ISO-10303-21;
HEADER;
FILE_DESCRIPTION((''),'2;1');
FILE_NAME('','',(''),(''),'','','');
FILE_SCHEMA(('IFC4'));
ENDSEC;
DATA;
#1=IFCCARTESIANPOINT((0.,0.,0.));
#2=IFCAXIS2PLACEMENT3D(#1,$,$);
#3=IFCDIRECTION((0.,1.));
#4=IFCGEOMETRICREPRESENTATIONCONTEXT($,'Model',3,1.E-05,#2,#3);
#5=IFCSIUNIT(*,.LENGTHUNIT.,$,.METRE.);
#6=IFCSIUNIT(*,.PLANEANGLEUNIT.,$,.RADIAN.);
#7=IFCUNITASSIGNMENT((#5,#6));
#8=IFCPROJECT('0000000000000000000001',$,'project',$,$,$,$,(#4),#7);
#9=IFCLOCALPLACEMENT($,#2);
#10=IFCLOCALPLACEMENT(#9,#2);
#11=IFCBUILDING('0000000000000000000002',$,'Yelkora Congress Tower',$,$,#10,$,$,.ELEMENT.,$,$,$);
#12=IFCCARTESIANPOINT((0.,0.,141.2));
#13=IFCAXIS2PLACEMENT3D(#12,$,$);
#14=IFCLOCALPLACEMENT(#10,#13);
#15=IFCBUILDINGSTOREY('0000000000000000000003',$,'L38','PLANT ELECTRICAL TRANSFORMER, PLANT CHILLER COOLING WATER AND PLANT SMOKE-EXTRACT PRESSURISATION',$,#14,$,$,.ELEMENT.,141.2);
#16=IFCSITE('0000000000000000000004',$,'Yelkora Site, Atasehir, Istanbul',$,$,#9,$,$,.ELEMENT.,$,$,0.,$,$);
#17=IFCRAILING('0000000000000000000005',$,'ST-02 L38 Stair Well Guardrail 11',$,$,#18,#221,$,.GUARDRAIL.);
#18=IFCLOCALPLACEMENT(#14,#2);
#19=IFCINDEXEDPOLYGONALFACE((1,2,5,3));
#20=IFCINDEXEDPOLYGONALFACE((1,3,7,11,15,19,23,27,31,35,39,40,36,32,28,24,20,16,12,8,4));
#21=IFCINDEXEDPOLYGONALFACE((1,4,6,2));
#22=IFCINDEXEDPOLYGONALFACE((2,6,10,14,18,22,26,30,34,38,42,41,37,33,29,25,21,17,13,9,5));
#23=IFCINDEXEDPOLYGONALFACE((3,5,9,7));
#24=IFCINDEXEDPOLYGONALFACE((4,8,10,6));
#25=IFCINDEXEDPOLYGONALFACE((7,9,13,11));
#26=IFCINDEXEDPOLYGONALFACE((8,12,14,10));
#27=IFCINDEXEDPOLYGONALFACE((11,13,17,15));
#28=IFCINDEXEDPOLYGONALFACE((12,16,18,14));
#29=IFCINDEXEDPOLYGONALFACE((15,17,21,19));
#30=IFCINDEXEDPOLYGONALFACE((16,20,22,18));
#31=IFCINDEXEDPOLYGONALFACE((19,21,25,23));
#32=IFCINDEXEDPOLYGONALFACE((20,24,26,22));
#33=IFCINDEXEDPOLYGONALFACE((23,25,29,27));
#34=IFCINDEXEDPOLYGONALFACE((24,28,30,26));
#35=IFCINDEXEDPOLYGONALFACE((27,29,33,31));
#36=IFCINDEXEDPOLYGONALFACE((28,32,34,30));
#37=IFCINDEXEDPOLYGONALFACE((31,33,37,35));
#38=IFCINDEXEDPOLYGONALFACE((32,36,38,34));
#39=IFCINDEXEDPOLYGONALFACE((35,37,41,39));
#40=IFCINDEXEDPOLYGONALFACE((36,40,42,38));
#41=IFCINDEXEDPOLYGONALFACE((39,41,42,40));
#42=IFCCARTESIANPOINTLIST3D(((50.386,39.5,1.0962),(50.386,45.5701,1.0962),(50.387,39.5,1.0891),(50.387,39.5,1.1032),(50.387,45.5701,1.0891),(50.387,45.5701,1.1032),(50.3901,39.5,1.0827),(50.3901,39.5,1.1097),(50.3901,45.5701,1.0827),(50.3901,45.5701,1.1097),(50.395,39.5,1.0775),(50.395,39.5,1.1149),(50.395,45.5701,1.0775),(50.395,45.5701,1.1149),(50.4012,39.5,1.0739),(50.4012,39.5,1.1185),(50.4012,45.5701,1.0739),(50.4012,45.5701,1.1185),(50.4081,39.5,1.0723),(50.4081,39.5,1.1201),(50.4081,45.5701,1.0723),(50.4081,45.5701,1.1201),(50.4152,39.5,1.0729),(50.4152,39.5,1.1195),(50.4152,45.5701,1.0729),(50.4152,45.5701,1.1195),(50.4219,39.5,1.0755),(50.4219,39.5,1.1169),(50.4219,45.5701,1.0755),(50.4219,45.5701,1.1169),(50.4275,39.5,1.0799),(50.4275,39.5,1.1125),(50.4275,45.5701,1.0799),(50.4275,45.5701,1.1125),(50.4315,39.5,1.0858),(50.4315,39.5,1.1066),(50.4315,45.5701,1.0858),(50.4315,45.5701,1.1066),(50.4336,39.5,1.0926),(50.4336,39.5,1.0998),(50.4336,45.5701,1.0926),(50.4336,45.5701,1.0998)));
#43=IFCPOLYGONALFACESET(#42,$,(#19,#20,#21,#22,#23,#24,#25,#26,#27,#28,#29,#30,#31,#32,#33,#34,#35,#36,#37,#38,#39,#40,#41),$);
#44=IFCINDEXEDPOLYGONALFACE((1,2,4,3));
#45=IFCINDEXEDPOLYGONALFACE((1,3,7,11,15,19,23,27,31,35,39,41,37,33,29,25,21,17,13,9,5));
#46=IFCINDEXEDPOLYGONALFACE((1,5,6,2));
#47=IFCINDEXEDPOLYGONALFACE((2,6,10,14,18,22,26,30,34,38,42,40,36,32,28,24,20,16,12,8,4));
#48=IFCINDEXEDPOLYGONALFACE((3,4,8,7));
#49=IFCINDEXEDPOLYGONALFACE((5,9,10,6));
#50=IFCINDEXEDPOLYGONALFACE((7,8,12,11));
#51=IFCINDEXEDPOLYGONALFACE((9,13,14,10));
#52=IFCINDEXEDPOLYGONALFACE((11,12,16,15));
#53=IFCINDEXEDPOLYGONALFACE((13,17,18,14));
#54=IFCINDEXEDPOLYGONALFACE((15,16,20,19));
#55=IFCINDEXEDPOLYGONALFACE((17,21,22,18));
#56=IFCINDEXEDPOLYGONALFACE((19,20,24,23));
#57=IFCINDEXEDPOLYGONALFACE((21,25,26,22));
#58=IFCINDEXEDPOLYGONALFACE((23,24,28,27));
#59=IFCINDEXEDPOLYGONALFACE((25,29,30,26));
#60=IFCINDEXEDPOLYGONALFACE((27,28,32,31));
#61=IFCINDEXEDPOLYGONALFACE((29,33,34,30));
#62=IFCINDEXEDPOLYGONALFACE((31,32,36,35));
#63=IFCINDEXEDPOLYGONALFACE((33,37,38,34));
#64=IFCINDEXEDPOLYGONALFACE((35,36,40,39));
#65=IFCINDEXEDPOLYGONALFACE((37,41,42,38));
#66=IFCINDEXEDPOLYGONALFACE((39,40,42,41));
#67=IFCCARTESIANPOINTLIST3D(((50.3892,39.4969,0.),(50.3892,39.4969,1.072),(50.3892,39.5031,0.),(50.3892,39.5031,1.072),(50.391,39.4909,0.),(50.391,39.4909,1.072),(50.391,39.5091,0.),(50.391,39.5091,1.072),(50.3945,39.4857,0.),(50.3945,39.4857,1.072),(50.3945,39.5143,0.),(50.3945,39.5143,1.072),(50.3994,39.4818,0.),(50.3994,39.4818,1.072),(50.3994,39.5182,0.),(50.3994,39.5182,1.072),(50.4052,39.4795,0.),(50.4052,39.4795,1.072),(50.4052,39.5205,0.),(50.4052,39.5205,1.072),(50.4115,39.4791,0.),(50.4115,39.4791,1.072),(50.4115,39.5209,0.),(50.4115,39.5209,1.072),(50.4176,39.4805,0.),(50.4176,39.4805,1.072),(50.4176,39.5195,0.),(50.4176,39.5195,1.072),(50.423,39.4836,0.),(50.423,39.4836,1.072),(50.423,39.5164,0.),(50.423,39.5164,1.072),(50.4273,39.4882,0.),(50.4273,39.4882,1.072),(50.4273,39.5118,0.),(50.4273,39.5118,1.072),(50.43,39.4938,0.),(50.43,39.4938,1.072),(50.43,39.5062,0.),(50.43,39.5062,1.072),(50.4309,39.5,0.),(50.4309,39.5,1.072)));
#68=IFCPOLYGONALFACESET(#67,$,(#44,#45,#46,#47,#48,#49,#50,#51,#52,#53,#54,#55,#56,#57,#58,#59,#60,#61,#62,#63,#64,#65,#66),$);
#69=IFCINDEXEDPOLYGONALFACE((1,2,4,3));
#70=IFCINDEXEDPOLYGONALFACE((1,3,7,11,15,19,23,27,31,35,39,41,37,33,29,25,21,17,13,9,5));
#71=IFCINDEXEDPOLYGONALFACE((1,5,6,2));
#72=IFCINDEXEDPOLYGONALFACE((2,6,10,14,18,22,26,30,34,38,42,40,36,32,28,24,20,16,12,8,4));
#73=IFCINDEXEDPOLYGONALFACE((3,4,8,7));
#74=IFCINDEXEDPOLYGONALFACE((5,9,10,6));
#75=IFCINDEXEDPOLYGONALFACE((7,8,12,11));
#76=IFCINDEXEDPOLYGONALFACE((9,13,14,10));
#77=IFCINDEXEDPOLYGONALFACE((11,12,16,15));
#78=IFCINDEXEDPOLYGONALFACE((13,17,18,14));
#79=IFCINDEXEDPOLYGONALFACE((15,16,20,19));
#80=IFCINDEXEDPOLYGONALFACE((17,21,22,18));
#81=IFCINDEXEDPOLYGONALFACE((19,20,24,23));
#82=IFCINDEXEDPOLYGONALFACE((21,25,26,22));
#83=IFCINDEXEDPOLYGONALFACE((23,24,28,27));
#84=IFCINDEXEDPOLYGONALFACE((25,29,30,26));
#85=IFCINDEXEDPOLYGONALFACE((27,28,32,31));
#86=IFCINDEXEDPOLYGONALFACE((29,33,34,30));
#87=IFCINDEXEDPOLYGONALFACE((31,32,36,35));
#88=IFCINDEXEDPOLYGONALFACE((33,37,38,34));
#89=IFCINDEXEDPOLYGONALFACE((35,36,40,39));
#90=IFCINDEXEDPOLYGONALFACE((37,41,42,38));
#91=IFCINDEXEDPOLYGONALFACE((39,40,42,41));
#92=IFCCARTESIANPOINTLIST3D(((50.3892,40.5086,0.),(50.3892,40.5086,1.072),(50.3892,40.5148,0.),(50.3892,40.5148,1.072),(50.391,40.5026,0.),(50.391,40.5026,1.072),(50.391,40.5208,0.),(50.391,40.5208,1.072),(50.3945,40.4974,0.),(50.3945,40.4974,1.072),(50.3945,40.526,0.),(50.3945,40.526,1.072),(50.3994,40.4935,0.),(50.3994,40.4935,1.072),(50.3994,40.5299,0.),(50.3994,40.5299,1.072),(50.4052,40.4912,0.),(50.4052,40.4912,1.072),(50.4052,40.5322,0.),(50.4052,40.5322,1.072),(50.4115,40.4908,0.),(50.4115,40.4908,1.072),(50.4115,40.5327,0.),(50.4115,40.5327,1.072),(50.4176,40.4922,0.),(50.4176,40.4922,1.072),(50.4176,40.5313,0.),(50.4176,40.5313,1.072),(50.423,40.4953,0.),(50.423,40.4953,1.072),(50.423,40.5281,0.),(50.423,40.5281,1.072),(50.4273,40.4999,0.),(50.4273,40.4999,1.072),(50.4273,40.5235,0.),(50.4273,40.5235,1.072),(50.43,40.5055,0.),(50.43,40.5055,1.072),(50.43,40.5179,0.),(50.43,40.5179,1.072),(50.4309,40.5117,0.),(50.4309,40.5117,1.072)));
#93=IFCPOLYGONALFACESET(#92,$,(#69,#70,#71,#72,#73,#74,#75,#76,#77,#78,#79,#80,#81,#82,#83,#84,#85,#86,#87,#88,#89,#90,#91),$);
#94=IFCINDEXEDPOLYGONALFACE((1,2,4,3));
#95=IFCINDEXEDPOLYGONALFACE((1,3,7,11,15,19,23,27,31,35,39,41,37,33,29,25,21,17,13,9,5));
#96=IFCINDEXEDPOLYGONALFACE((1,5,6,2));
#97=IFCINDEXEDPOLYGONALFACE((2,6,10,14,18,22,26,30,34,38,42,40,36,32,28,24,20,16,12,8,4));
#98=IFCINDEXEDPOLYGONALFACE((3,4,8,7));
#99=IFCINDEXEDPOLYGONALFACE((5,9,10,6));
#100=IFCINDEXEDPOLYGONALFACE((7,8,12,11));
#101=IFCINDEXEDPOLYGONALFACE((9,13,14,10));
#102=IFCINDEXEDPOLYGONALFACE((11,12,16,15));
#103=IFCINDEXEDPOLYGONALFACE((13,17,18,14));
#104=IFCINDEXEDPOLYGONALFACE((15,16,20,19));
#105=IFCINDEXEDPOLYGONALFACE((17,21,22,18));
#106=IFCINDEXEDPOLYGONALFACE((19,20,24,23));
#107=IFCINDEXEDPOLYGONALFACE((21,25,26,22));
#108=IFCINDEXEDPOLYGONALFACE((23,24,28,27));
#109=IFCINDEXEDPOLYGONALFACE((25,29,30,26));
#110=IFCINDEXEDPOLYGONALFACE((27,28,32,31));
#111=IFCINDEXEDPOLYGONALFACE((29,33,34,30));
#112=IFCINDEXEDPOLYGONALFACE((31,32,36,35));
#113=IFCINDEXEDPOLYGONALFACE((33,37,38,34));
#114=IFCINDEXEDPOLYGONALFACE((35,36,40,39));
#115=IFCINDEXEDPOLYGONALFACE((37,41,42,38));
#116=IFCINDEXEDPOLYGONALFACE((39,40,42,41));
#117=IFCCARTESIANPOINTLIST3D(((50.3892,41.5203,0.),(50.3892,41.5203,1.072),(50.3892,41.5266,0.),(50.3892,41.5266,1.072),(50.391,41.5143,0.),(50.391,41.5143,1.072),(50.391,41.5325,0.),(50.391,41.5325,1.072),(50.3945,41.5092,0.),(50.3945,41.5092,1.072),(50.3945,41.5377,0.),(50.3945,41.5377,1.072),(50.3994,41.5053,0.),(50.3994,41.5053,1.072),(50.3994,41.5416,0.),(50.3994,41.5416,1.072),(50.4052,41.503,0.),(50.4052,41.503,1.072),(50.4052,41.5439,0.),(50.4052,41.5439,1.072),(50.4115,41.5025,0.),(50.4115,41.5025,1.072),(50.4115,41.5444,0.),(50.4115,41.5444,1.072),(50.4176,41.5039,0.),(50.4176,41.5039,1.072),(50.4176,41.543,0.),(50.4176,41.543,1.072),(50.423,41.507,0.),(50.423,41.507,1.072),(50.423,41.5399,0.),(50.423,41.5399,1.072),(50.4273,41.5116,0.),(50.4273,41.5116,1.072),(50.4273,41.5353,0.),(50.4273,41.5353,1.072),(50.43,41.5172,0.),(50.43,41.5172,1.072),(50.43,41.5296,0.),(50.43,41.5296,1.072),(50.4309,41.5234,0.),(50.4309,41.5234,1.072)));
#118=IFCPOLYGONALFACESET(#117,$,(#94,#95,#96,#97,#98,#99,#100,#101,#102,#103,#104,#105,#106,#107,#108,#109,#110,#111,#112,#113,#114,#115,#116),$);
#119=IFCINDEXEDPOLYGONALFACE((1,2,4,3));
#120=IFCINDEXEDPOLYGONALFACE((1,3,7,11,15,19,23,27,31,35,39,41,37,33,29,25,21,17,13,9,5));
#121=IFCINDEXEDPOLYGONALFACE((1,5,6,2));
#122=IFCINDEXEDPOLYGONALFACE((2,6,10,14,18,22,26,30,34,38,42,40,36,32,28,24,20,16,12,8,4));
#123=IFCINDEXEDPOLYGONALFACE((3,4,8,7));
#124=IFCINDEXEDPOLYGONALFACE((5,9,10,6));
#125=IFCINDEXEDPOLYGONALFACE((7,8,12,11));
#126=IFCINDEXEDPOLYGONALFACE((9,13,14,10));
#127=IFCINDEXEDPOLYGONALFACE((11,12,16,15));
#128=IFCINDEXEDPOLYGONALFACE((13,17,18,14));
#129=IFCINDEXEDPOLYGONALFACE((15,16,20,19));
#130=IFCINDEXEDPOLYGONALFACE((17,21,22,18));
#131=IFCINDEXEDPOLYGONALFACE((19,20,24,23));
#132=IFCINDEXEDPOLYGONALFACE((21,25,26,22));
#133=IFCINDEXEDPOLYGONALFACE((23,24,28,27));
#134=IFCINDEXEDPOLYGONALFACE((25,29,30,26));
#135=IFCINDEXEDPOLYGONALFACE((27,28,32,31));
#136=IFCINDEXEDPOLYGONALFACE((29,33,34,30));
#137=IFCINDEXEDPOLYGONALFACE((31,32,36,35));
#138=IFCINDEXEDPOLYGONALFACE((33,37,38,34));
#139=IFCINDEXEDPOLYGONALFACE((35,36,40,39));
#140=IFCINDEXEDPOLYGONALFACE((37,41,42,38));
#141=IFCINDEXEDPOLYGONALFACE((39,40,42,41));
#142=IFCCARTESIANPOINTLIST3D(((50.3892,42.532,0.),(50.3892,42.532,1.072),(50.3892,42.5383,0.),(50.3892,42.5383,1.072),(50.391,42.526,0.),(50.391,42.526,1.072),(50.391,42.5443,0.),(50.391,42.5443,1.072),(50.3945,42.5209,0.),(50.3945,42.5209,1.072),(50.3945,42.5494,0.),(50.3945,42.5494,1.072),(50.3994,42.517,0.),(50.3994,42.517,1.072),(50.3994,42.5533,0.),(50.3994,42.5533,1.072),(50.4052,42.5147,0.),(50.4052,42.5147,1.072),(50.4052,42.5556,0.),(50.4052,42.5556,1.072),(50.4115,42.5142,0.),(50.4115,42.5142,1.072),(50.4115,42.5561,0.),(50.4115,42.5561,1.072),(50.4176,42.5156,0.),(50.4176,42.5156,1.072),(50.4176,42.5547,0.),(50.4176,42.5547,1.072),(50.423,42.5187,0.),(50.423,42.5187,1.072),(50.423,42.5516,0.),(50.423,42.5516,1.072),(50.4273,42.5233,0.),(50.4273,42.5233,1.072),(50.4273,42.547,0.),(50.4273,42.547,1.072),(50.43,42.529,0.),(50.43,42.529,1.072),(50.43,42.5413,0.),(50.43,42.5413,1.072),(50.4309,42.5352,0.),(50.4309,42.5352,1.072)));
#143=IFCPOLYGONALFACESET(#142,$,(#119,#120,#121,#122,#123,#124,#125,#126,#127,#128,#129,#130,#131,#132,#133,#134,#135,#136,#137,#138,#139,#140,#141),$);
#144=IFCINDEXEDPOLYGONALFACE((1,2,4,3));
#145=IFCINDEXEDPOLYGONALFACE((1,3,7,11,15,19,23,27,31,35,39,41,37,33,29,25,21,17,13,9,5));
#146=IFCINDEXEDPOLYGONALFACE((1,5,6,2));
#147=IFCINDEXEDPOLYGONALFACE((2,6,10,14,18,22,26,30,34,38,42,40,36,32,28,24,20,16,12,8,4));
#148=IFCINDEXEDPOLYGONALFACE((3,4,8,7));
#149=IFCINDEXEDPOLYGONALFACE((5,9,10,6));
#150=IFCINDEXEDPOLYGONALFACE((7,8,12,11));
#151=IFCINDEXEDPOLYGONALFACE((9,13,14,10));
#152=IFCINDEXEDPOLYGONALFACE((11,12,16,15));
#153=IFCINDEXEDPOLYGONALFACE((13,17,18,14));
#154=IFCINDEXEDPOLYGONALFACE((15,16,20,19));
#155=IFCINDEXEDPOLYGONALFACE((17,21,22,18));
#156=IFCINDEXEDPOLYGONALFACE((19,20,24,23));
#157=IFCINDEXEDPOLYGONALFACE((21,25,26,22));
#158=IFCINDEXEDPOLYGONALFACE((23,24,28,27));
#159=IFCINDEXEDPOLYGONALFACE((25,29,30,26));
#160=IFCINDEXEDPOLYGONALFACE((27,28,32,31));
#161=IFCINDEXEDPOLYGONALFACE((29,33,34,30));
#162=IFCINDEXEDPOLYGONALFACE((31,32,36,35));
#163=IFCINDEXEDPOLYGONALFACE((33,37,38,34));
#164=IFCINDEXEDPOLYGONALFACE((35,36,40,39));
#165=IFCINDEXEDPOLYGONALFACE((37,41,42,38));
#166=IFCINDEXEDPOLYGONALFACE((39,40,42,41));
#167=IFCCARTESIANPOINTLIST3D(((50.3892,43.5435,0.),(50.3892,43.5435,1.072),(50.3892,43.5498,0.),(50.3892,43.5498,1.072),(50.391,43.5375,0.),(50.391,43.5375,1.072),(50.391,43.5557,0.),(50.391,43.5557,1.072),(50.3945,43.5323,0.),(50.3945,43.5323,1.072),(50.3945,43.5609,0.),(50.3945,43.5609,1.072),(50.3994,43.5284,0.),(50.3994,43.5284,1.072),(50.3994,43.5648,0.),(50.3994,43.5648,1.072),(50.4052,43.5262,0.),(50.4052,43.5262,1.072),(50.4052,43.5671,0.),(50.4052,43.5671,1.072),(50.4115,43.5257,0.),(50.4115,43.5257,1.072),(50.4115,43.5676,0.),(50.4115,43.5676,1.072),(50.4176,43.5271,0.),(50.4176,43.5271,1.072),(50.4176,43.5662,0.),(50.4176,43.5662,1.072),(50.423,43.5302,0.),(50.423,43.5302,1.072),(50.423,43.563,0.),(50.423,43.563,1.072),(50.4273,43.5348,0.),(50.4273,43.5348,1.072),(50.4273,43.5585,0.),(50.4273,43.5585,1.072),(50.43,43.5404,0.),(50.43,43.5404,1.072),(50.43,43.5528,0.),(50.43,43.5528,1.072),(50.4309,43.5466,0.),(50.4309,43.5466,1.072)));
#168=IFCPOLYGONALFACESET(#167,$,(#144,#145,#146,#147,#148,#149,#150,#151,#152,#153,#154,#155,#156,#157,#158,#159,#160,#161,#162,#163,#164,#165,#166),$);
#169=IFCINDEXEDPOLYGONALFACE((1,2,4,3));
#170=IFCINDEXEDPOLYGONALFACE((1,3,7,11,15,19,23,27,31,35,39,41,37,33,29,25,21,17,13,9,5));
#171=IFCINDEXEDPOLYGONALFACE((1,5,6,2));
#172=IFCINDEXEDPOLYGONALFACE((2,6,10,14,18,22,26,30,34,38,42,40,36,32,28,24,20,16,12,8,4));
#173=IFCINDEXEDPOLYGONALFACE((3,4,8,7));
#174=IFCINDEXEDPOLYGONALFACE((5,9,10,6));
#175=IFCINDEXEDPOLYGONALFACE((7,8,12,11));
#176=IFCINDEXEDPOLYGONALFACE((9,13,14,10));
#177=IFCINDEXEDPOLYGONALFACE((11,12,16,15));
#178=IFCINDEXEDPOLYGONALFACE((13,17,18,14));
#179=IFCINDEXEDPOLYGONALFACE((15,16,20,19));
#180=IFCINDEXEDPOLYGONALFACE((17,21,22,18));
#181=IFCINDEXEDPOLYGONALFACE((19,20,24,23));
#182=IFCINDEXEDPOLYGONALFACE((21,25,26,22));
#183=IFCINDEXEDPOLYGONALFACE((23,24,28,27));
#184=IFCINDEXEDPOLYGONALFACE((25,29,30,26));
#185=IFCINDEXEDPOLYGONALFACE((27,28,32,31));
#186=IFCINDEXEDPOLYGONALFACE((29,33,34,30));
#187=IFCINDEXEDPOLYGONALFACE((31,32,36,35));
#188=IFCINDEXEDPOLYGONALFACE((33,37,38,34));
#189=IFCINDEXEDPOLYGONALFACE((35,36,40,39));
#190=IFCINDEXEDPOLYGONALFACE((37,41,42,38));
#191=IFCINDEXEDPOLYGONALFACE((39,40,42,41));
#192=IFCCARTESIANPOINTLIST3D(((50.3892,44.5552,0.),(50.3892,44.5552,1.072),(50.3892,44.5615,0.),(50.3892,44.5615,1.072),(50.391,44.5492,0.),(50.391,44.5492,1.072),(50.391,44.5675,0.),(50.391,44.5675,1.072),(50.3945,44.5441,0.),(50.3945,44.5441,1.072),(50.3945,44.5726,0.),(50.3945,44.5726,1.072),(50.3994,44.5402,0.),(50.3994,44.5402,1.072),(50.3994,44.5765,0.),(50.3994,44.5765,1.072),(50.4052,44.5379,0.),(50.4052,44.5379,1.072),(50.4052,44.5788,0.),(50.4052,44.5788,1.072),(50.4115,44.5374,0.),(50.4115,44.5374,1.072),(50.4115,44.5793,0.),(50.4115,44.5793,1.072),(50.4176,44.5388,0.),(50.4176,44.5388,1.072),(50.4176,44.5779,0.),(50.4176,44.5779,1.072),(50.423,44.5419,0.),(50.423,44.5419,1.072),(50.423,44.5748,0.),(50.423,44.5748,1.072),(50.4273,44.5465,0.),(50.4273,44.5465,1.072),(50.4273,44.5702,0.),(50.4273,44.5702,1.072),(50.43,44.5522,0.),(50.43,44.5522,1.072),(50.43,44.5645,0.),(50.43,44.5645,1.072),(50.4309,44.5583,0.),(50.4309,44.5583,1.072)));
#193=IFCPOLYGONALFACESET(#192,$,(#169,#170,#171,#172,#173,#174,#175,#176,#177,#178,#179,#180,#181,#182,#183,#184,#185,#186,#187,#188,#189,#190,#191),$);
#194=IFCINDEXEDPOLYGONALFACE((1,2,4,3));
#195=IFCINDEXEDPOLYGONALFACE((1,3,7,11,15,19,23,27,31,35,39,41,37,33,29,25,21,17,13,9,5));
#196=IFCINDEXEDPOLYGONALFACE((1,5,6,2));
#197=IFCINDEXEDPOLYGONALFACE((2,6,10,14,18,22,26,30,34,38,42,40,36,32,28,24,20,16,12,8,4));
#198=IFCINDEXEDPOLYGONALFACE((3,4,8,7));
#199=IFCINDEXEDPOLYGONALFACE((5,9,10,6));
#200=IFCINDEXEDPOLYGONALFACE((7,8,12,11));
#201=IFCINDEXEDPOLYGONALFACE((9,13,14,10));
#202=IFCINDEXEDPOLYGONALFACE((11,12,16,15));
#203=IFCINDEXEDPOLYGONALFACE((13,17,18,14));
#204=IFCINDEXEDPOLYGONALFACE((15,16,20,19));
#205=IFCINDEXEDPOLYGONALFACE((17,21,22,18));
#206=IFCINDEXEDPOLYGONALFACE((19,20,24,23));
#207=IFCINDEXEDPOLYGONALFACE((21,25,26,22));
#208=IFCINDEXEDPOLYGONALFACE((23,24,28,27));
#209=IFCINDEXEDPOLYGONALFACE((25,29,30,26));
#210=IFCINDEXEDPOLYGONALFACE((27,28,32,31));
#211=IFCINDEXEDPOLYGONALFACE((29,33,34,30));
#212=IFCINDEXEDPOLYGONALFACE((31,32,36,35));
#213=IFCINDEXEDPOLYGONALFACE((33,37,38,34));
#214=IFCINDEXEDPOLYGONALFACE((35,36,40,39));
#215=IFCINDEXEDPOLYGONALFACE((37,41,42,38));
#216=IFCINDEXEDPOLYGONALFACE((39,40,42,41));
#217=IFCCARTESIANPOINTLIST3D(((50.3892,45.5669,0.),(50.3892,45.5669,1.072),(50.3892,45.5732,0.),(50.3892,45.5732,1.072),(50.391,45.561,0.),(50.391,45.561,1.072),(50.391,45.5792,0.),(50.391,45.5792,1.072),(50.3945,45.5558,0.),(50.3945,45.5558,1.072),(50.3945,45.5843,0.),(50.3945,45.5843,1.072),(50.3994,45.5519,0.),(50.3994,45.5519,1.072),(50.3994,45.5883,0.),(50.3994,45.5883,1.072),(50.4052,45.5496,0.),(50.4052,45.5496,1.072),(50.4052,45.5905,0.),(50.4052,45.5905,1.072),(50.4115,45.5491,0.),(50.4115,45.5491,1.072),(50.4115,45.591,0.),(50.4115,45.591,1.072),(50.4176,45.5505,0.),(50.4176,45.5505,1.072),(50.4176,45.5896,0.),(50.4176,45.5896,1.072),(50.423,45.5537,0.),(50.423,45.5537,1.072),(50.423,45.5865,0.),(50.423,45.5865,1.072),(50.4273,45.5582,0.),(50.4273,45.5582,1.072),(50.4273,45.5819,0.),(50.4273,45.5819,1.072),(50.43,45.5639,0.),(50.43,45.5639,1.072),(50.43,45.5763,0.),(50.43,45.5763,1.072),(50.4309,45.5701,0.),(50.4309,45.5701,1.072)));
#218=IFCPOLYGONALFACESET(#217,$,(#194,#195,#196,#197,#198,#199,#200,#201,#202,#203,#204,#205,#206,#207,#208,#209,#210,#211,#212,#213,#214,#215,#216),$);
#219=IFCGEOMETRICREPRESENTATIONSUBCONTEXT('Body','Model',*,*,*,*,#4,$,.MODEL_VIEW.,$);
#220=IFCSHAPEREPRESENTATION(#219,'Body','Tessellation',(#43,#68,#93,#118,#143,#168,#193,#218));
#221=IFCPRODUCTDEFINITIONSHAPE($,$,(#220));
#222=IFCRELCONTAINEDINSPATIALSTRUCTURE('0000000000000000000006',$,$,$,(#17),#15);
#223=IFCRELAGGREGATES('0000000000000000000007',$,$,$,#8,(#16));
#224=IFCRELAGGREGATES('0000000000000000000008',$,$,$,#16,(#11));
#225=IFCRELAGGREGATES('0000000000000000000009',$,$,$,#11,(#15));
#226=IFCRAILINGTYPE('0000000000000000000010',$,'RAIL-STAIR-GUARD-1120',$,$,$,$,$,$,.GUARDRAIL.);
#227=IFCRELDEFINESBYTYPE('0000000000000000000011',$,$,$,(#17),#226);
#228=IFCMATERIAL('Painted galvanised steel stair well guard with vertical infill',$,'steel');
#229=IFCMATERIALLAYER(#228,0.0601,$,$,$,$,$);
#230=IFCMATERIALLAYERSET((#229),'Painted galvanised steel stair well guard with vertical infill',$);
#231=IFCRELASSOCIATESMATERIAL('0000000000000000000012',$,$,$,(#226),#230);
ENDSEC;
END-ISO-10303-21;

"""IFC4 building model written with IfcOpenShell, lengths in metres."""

from ifc_helpers import new_model, si_unit, direction, frame, origin, origin_2d, place, context, subcontext, project, spatial, circle, extrude, material, layer, layer_set, type_object, element, save


model = new_model("IFC4")

# Units and contexts
model_context = context("Model", 3, precision=1e-05, world=origin(), true_north=direction((0.0, 1.0)))
body_context = subcontext(model_context, "Body", "Model", "MODEL_VIEW")
ifc_project = project(units=[si_unit("LENGTHUNIT", "METRE"), si_unit("PLANEANGLEUNIT", "RADIAN")], contexts=[model_context])

# Site, building, storey
site_placement = place(None, origin())
site = spatial("IfcSite", under=ifc_project, at=site_placement, Name="Yelkora Site, Atasehir, Istanbul", CompositionType="ELEMENT", RefElevation=0.0)
building_placement = place(site_placement, origin())
building = spatial("IfcBuilding", under=site, at=building_placement, Name="Yelkora Congress Tower", CompositionType="ELEMENT")
storey_placement = place(building_placement, frame((0.0, 0.0, 141.2)))
storey = spatial("IfcBuildingStorey", under=building, at=storey_placement, Name="L38", Description="PLANT ELECTRICAL TRANSFORMER, PLANT CHILLER COOLING WATER AND PLANT SMOKE-EXTRACT PRESSURISATION", CompositionType="ELEMENT", Elevation=141.2)

# Railing
ifc_material_1 = material(Name="Painted galvanised steel stair well guard with vertical infill", Category="steel")
ifc_layer_1 = layer(ifc_material_1, 0.0601)
ifc_layer_set_1 = layer_set([ifc_layer_1], Name="Painted galvanised steel stair well guard with vertical infill")
railing_type = type_object("IfcRailingType", Name="RAIL-STAIR-GUARD-1120", PredefinedType="GUARDRAIL", material=ifc_layer_set_1)
railing_placement = place(storey_placement, frame((50.4099, 39.5, 0.0)))
element("IfcRailing", 1, at=railing_placement, inside=storey, type_object=railing_type, Name="ST-02 L38 Stair Well Guardrail 11", PredefinedType="GUARDRAIL", context=body_context, shape_type="SweptSolid", body=[
    extrude(circle(Radius=0.0239, at=origin_2d()), frame((0.0, 0.0, 1.0962), z_axis=(0.0, 1.0, 0.0), x_axis=(-1.0, 0.0, 0.0)), (0.0, 0.0, 1.0), 6.0701),
    extrude(circle(Radius=0.021, at=origin_2d()), origin(), (0.0, 0.0, 1.0), 1.072),
    extrude(circle(Radius=0.021, at=origin_2d()), frame((0.0, 1.0117, 0.0)), (0.0, 0.0, 1.0), 1.072),
    extrude(circle(Radius=0.021, at=origin_2d()), frame((0.0, 2.0234, 0.0)), (0.0, 0.0, 1.0), 1.072),
    extrude(circle(Radius=0.021, at=origin_2d()), frame((0.0, 3.0352, 0.0)), (0.0, 0.0, 1.0), 1.072),
    extrude(circle(Radius=0.021, at=origin_2d()), frame((0.0, 4.0466, 0.0)), (0.0, 0.0, 1.0), 1.072),
    extrude(circle(Radius=0.021, at=origin_2d()), frame((0.0, 5.0583, 0.0)), (0.0, 0.0, 1.0), 1.072),
    extrude(circle(Radius=0.021, at=origin_2d()), frame((0.0, 6.0701, 0.0)), (0.0, 0.0, 1.0), 1.072),
])

save(model, "model.ifc")
